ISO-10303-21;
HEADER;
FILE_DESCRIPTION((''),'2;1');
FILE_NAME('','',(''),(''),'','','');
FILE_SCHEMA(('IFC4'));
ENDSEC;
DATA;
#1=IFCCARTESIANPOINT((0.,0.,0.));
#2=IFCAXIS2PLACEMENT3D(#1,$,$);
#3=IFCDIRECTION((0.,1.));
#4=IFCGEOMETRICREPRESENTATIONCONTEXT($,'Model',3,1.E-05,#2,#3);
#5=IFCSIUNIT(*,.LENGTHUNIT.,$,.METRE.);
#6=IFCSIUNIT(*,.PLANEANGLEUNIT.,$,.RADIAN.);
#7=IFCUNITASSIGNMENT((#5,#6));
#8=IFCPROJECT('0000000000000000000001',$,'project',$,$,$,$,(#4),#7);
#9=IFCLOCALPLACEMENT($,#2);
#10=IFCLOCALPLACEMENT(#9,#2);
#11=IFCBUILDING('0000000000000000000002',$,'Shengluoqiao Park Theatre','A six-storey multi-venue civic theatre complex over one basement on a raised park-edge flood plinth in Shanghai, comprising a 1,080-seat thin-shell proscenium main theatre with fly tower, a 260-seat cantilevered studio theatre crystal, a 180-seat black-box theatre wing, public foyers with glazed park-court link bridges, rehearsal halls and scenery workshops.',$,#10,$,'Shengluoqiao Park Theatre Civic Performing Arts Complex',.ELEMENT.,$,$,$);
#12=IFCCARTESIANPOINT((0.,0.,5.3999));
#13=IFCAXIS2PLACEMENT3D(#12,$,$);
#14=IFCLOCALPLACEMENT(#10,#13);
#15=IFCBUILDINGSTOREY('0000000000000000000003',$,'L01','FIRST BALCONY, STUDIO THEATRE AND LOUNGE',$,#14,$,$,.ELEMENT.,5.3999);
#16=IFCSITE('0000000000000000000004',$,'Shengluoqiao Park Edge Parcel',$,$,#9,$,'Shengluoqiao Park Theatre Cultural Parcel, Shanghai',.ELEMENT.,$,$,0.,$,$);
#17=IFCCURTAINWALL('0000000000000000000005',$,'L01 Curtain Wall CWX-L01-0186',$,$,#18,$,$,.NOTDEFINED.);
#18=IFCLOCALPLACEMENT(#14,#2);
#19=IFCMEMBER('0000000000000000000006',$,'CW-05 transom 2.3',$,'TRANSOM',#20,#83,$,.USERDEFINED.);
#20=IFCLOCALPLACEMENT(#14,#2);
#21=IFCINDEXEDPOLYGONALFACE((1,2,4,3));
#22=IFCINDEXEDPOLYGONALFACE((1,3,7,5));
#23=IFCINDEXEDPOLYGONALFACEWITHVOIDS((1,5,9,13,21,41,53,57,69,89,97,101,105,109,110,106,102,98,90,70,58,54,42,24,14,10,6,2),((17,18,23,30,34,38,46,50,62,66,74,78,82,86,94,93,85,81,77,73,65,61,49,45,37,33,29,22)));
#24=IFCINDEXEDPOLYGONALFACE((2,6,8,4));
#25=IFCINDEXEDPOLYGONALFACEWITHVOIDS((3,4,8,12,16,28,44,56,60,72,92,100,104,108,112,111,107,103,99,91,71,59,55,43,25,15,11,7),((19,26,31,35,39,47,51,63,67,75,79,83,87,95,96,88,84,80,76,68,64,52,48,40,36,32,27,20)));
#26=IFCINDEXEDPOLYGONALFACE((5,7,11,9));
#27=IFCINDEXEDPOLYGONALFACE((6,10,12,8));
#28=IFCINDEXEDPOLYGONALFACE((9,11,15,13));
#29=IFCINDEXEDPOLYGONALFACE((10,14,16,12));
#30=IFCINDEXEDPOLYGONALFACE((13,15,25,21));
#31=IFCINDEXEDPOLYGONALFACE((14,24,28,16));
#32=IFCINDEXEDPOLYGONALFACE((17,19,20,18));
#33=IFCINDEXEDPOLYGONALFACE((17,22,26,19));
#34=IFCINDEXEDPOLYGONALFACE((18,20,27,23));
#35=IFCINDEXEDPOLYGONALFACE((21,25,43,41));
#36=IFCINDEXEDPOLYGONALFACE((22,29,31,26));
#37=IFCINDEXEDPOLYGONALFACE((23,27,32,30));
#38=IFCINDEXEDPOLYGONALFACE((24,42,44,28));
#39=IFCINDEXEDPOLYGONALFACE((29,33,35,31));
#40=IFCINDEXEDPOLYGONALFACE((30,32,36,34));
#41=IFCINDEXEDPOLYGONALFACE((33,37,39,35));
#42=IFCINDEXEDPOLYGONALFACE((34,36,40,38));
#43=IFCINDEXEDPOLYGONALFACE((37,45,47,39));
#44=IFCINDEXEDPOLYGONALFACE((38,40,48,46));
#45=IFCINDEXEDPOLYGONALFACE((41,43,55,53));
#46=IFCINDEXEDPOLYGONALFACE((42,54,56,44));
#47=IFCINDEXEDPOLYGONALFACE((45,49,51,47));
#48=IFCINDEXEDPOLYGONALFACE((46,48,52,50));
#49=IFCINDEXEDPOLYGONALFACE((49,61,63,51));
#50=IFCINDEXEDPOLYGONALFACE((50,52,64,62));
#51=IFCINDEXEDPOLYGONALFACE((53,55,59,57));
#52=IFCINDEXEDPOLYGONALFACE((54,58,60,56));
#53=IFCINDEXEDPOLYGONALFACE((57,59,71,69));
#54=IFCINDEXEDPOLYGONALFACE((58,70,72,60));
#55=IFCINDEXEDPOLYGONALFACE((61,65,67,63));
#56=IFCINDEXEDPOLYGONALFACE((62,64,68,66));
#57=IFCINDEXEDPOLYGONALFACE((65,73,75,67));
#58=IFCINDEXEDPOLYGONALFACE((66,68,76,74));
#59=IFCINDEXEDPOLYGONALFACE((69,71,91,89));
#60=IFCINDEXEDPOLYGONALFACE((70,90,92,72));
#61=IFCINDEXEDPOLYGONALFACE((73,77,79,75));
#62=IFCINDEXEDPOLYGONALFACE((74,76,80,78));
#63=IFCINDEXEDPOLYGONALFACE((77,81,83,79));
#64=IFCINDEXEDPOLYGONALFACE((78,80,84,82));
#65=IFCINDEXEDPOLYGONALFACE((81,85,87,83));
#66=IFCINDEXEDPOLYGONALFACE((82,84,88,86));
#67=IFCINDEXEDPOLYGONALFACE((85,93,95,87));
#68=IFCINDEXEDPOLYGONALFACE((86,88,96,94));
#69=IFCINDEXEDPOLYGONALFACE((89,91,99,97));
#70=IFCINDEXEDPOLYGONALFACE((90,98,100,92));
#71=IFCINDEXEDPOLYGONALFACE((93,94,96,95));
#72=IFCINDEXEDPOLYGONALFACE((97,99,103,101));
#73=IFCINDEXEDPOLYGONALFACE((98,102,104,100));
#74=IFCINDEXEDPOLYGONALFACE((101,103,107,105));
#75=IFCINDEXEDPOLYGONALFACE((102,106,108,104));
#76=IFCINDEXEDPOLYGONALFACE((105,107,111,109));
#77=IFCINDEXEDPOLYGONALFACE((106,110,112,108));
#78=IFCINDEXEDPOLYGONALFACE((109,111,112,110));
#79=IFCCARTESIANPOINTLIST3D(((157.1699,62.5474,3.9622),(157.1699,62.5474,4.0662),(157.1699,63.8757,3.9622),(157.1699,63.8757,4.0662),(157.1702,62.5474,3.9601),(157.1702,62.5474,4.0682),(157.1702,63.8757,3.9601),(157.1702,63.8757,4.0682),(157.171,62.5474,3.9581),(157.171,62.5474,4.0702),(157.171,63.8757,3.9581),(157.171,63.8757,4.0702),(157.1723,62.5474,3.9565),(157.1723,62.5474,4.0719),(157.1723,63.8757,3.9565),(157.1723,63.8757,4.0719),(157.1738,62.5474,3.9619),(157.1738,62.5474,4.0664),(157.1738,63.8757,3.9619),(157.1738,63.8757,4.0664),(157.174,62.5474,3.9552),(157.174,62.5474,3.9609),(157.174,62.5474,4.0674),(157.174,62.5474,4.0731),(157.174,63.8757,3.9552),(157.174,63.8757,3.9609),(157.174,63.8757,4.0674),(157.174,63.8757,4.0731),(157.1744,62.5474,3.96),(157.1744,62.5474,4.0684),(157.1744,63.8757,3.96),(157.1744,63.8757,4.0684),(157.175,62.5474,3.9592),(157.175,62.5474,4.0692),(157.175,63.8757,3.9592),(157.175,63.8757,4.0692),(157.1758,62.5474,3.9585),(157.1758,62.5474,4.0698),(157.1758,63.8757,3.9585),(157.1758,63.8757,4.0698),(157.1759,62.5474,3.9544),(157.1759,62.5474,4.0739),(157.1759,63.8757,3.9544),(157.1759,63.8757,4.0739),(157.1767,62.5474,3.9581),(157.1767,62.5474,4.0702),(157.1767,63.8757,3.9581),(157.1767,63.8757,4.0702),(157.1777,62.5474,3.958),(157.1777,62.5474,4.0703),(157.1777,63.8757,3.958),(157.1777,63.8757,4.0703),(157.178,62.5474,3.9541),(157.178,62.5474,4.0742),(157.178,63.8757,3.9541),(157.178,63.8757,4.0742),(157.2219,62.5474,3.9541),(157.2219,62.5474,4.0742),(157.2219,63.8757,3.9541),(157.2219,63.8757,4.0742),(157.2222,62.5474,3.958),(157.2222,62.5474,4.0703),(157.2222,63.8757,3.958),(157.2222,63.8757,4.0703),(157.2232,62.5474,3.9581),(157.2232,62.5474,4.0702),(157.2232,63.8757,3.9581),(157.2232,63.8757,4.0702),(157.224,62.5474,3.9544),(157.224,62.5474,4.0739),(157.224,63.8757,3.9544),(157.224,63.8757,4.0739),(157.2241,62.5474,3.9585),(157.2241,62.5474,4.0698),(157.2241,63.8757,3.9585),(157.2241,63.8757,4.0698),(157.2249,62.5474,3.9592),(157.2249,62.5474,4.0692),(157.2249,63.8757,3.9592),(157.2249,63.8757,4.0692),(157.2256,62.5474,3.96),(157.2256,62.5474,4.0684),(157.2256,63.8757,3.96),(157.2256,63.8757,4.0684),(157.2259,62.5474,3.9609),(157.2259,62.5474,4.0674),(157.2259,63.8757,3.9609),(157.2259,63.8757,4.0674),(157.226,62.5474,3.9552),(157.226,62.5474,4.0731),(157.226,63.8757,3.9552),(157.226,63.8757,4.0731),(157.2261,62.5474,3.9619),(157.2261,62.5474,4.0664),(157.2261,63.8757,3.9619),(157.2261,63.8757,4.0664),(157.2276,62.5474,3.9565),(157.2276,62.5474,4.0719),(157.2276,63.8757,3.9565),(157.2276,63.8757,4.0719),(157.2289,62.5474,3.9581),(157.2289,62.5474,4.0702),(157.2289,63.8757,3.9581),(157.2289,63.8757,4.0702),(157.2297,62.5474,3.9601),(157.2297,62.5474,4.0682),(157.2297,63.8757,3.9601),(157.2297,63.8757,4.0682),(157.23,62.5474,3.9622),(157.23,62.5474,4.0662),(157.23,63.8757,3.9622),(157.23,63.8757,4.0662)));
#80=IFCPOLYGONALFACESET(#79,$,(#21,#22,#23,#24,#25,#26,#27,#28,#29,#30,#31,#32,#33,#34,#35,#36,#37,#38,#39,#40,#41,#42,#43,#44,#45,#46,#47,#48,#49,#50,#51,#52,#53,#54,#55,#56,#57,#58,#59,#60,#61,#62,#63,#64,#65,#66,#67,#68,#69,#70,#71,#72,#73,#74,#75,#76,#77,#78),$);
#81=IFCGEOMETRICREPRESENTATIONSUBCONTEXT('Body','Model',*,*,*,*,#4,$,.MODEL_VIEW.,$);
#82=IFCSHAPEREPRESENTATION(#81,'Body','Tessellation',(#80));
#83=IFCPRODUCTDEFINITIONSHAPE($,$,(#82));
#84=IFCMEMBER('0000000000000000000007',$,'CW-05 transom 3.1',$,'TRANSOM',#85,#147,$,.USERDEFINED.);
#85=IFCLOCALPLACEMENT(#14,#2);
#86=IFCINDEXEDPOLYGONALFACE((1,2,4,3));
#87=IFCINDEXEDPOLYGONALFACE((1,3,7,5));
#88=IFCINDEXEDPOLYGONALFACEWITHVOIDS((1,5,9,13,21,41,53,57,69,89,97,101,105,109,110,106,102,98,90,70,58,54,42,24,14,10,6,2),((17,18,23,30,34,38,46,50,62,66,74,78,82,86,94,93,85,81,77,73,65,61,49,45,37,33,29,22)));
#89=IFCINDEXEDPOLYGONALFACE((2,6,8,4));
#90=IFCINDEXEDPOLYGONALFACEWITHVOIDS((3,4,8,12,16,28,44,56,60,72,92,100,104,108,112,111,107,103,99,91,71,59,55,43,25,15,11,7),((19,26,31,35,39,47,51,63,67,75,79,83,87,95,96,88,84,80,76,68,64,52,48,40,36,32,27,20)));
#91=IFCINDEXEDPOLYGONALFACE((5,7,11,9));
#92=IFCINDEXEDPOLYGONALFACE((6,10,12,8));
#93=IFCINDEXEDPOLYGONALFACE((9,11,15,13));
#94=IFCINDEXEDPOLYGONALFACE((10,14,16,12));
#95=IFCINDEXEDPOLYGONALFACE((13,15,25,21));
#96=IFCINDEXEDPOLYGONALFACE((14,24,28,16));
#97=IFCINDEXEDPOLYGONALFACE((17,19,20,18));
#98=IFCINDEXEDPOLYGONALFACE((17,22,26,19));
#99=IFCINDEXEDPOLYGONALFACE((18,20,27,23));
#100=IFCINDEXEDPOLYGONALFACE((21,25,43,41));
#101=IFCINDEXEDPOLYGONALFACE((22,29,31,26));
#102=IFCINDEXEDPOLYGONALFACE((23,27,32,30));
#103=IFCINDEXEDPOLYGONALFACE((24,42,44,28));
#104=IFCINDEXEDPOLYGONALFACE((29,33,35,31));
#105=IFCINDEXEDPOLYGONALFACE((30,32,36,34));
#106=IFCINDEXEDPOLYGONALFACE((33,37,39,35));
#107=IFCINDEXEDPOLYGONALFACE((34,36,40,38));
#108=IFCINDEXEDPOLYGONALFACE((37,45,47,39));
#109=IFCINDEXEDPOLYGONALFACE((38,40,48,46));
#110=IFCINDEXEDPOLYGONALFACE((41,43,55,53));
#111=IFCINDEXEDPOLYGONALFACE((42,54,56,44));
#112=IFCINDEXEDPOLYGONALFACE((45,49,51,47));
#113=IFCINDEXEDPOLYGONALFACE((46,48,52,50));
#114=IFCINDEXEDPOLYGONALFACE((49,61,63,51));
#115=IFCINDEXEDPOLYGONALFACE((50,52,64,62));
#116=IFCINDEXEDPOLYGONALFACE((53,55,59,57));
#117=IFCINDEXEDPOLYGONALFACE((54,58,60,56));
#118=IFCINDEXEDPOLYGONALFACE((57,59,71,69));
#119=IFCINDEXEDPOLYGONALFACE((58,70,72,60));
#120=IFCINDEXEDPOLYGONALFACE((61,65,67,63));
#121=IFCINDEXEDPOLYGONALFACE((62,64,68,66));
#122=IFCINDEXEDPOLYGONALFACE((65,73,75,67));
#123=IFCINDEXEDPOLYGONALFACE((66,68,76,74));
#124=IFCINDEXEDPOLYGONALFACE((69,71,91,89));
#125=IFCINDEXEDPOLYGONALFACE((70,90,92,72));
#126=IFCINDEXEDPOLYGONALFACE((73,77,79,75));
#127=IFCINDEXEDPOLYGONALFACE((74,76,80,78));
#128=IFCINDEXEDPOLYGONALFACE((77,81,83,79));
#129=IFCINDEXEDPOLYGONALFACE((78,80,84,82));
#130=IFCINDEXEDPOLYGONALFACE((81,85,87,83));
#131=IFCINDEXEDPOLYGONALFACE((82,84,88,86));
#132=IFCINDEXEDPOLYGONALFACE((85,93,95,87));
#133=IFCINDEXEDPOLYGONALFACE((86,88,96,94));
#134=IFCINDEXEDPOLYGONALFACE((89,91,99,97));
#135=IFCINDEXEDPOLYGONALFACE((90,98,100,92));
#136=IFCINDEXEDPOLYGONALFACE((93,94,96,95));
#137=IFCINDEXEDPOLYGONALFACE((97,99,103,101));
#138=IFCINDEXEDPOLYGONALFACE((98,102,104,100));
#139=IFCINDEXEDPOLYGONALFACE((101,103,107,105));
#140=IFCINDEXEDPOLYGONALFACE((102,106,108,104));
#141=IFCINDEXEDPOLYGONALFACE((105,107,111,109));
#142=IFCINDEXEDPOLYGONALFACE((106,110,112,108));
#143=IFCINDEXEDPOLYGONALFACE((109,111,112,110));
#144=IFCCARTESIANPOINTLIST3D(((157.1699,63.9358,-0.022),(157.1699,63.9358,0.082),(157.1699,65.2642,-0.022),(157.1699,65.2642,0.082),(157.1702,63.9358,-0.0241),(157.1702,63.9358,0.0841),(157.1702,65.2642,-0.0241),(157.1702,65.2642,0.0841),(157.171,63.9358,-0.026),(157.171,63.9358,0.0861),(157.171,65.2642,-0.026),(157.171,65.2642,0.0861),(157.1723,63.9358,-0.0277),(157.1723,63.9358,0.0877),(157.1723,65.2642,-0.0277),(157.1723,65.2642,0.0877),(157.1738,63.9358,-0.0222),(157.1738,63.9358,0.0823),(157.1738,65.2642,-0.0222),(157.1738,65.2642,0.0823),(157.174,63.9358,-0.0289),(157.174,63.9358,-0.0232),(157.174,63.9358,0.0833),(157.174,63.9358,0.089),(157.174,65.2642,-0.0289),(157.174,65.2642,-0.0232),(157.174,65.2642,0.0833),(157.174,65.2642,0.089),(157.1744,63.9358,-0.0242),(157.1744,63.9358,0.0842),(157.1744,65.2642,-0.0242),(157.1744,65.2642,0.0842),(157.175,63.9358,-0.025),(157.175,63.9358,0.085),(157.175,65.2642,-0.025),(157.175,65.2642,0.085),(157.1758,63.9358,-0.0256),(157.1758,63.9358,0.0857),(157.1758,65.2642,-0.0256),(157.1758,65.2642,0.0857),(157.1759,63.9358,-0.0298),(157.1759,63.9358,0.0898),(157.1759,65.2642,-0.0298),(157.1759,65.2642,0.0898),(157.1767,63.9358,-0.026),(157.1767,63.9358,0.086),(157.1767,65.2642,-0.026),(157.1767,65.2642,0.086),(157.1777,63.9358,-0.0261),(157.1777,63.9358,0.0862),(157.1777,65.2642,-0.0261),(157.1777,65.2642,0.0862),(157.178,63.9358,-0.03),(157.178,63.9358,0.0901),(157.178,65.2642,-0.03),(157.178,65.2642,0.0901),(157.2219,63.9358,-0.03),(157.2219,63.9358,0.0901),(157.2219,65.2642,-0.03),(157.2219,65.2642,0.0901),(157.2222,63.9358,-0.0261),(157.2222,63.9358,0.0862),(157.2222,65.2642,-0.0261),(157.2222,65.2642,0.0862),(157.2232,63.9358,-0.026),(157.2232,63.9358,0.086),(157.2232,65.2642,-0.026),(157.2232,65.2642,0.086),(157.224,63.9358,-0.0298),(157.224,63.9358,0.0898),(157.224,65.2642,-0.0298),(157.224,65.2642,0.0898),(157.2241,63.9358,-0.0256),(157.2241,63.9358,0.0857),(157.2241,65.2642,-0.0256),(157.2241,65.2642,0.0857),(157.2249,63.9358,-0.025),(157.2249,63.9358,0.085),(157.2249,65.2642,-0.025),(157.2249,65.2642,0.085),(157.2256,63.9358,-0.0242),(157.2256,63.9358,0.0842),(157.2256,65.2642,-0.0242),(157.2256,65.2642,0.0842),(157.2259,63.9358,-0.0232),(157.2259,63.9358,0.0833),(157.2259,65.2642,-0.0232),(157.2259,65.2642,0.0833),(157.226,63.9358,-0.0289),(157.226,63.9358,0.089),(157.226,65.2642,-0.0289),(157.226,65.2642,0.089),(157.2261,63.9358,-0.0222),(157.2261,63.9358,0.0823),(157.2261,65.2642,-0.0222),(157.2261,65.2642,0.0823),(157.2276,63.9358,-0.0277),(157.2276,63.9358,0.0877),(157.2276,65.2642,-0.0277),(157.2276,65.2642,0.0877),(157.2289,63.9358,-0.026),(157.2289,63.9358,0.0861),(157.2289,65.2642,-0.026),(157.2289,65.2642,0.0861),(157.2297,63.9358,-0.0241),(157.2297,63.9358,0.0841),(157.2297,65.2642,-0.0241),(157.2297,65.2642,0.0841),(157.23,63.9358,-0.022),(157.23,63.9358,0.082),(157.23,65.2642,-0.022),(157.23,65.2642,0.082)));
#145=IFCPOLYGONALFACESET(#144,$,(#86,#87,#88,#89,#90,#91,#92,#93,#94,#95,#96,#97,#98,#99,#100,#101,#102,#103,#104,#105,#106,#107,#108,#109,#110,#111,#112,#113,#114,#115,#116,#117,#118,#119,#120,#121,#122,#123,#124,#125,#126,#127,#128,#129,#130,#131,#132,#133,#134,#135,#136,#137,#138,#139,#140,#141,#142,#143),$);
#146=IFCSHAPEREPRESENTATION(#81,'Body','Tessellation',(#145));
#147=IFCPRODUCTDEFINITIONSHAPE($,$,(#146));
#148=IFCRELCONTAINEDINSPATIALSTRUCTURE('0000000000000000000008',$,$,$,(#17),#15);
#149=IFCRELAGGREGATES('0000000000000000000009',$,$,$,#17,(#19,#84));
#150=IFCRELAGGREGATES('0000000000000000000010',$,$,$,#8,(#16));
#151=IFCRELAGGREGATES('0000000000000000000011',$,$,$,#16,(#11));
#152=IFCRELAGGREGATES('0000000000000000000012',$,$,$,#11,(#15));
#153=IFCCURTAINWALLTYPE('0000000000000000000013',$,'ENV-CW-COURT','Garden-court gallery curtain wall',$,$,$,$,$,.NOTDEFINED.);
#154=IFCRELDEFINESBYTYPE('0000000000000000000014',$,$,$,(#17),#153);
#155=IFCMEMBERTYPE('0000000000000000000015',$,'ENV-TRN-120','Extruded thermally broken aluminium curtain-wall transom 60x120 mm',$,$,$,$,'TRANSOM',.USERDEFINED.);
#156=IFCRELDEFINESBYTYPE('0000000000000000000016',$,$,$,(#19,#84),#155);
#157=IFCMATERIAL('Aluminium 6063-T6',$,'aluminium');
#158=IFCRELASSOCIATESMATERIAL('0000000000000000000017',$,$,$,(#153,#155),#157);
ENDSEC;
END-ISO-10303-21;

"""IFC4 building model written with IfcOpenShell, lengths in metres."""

from ifc_helpers import new_model, si_unit, direction, frame, origin, origin_2d, place, context, subcontext, project, spatial, hollow_rectangle, extrude, material, material_profile, profile_set, type_object, element, aggregate, save


model = new_model("IFC4")

# Units and contexts
model_context = context("Model", 3, precision=1e-05, world=origin(), true_north=direction((0.0, 1.0)))
body_context = subcontext(model_context, "Body", "Model", "MODEL_VIEW")
ifc_project = project(units=[si_unit("LENGTHUNIT", "METRE"), si_unit("PLANEANGLEUNIT", "RADIAN")], contexts=[model_context])

# Site, building, storey
site_placement = place(None, origin())
site = spatial("IfcSite", under=ifc_project, at=site_placement, Name="Shengluoqiao Park Edge Parcel", LongName="Shengluoqiao Park Theatre Cultural Parcel, Shanghai", CompositionType="ELEMENT", RefElevation=0.0)
building_placement = place(site_placement, origin())
building = spatial("IfcBuilding", under=site, at=building_placement, Name="Shengluoqiao Park Theatre", Description="A six-storey multi-venue civic theatre complex over one basement on a raised park-edge flood plinth in Shanghai, comprising a 1,080-seat thin-shell proscenium main theatre with fly tower, a 260-seat cantilevered studio theatre crystal, a 180-seat black-box theatre wing, public foyers with glazed park-court link bridges, rehearsal halls and scenery workshops.", LongName="Shengluoqiao Park Theatre Civic Performing Arts Complex", CompositionType="ELEMENT")
storey_placement = place(building_placement, frame((0.0, 0.0, 5.3999)))
storey = spatial("IfcBuildingStorey", under=building, at=storey_placement, Name="L01", Description="FIRST BALCONY, STUDIO THEATRE AND LOUNGE", CompositionType="ELEMENT", Elevation=5.3999)

# Curtain wall, members
ifc_material_1 = material(Name="Aluminium 6063-T6", Category="aluminium")
curtain_wall_type = type_object("IfcCurtainWallType", Name="ENV-CW-COURT", Description="Garden-court gallery curtain wall", PredefinedType="NOTDEFINED", material=ifc_material_1)
curtain_wall_placement = place(storey_placement, origin())
curtain_wall = element("IfcCurtainWall", 1, at=curtain_wall_placement, inside=storey, type_object=curtain_wall_type, Name="L01 Curtain Wall CWX-L01-0186", PredefinedType="NOTDEFINED")
ifc_material_profile_1 = material_profile(ifc_material_1, hollow_rectangle(XDim=0.0601, YDim=0.1201, WallThickness=0.0039, InnerFilletRadius=0.0039, OuterFilletRadius=0.0081, at=origin_2d()), Name="ALU TRANSOM 120x60x4")
ifc_profile_set_1 = profile_set([ifc_material_profile_1], Name="Aluminium 6063-T6")
member_type_1 = type_object("IfcMemberType", Name="ENV-TRN-120", Description="Extruded thermally broken aluminium curtain-wall transom 60x120 mm", ElementType="TRANSOM", PredefinedType="USERDEFINED", material=ifc_profile_set_1)
member_1_placement = place(storey_placement, frame((157.2, 62.5474, 4.0142), z_axis=(0.0, 1.0, 0.0), x_axis=(-1.0, 0.0, 0.0)))
member_1 = element("IfcMember", 2, at=member_1_placement, type_object=member_type_1, Name="CW-05 transom 2.3", ObjectType="TRANSOM", PredefinedType="USERDEFINED", context=body_context, shape_type="SweptSolid", body=[
    extrude(hollow_rectangle(XDim=0.0601, YDim=0.1201, WallThickness=0.0039, InnerFilletRadius=0.0039, OuterFilletRadius=0.0081, at=origin_2d()), origin(), (0.0, 0.0, 1.0), 1.3284),
])
member_2_placement = place(storey_placement, frame((157.2, 63.9358, 0.03), z_axis=(0.0, 1.0, 0.0), x_axis=(-1.0, 0.0, 0.0)))
member_2 = element("IfcMember", 3, at=member_2_placement, type_object=member_type_1, Name="CW-05 transom 3.1", ObjectType="TRANSOM", PredefinedType="USERDEFINED", context=body_context, shape_type="SweptSolid", body=[
    extrude(hollow_rectangle(XDim=0.0601, YDim=0.1201, WallThickness=0.0039, InnerFilletRadius=0.0039, OuterFilletRadius=0.0081, at=origin_2d()), origin(), (0.0, 0.0, 1.0), 1.3284),
])
aggregate(curtain_wall, [member_1, member_2])

save(model, "model.ifc")
